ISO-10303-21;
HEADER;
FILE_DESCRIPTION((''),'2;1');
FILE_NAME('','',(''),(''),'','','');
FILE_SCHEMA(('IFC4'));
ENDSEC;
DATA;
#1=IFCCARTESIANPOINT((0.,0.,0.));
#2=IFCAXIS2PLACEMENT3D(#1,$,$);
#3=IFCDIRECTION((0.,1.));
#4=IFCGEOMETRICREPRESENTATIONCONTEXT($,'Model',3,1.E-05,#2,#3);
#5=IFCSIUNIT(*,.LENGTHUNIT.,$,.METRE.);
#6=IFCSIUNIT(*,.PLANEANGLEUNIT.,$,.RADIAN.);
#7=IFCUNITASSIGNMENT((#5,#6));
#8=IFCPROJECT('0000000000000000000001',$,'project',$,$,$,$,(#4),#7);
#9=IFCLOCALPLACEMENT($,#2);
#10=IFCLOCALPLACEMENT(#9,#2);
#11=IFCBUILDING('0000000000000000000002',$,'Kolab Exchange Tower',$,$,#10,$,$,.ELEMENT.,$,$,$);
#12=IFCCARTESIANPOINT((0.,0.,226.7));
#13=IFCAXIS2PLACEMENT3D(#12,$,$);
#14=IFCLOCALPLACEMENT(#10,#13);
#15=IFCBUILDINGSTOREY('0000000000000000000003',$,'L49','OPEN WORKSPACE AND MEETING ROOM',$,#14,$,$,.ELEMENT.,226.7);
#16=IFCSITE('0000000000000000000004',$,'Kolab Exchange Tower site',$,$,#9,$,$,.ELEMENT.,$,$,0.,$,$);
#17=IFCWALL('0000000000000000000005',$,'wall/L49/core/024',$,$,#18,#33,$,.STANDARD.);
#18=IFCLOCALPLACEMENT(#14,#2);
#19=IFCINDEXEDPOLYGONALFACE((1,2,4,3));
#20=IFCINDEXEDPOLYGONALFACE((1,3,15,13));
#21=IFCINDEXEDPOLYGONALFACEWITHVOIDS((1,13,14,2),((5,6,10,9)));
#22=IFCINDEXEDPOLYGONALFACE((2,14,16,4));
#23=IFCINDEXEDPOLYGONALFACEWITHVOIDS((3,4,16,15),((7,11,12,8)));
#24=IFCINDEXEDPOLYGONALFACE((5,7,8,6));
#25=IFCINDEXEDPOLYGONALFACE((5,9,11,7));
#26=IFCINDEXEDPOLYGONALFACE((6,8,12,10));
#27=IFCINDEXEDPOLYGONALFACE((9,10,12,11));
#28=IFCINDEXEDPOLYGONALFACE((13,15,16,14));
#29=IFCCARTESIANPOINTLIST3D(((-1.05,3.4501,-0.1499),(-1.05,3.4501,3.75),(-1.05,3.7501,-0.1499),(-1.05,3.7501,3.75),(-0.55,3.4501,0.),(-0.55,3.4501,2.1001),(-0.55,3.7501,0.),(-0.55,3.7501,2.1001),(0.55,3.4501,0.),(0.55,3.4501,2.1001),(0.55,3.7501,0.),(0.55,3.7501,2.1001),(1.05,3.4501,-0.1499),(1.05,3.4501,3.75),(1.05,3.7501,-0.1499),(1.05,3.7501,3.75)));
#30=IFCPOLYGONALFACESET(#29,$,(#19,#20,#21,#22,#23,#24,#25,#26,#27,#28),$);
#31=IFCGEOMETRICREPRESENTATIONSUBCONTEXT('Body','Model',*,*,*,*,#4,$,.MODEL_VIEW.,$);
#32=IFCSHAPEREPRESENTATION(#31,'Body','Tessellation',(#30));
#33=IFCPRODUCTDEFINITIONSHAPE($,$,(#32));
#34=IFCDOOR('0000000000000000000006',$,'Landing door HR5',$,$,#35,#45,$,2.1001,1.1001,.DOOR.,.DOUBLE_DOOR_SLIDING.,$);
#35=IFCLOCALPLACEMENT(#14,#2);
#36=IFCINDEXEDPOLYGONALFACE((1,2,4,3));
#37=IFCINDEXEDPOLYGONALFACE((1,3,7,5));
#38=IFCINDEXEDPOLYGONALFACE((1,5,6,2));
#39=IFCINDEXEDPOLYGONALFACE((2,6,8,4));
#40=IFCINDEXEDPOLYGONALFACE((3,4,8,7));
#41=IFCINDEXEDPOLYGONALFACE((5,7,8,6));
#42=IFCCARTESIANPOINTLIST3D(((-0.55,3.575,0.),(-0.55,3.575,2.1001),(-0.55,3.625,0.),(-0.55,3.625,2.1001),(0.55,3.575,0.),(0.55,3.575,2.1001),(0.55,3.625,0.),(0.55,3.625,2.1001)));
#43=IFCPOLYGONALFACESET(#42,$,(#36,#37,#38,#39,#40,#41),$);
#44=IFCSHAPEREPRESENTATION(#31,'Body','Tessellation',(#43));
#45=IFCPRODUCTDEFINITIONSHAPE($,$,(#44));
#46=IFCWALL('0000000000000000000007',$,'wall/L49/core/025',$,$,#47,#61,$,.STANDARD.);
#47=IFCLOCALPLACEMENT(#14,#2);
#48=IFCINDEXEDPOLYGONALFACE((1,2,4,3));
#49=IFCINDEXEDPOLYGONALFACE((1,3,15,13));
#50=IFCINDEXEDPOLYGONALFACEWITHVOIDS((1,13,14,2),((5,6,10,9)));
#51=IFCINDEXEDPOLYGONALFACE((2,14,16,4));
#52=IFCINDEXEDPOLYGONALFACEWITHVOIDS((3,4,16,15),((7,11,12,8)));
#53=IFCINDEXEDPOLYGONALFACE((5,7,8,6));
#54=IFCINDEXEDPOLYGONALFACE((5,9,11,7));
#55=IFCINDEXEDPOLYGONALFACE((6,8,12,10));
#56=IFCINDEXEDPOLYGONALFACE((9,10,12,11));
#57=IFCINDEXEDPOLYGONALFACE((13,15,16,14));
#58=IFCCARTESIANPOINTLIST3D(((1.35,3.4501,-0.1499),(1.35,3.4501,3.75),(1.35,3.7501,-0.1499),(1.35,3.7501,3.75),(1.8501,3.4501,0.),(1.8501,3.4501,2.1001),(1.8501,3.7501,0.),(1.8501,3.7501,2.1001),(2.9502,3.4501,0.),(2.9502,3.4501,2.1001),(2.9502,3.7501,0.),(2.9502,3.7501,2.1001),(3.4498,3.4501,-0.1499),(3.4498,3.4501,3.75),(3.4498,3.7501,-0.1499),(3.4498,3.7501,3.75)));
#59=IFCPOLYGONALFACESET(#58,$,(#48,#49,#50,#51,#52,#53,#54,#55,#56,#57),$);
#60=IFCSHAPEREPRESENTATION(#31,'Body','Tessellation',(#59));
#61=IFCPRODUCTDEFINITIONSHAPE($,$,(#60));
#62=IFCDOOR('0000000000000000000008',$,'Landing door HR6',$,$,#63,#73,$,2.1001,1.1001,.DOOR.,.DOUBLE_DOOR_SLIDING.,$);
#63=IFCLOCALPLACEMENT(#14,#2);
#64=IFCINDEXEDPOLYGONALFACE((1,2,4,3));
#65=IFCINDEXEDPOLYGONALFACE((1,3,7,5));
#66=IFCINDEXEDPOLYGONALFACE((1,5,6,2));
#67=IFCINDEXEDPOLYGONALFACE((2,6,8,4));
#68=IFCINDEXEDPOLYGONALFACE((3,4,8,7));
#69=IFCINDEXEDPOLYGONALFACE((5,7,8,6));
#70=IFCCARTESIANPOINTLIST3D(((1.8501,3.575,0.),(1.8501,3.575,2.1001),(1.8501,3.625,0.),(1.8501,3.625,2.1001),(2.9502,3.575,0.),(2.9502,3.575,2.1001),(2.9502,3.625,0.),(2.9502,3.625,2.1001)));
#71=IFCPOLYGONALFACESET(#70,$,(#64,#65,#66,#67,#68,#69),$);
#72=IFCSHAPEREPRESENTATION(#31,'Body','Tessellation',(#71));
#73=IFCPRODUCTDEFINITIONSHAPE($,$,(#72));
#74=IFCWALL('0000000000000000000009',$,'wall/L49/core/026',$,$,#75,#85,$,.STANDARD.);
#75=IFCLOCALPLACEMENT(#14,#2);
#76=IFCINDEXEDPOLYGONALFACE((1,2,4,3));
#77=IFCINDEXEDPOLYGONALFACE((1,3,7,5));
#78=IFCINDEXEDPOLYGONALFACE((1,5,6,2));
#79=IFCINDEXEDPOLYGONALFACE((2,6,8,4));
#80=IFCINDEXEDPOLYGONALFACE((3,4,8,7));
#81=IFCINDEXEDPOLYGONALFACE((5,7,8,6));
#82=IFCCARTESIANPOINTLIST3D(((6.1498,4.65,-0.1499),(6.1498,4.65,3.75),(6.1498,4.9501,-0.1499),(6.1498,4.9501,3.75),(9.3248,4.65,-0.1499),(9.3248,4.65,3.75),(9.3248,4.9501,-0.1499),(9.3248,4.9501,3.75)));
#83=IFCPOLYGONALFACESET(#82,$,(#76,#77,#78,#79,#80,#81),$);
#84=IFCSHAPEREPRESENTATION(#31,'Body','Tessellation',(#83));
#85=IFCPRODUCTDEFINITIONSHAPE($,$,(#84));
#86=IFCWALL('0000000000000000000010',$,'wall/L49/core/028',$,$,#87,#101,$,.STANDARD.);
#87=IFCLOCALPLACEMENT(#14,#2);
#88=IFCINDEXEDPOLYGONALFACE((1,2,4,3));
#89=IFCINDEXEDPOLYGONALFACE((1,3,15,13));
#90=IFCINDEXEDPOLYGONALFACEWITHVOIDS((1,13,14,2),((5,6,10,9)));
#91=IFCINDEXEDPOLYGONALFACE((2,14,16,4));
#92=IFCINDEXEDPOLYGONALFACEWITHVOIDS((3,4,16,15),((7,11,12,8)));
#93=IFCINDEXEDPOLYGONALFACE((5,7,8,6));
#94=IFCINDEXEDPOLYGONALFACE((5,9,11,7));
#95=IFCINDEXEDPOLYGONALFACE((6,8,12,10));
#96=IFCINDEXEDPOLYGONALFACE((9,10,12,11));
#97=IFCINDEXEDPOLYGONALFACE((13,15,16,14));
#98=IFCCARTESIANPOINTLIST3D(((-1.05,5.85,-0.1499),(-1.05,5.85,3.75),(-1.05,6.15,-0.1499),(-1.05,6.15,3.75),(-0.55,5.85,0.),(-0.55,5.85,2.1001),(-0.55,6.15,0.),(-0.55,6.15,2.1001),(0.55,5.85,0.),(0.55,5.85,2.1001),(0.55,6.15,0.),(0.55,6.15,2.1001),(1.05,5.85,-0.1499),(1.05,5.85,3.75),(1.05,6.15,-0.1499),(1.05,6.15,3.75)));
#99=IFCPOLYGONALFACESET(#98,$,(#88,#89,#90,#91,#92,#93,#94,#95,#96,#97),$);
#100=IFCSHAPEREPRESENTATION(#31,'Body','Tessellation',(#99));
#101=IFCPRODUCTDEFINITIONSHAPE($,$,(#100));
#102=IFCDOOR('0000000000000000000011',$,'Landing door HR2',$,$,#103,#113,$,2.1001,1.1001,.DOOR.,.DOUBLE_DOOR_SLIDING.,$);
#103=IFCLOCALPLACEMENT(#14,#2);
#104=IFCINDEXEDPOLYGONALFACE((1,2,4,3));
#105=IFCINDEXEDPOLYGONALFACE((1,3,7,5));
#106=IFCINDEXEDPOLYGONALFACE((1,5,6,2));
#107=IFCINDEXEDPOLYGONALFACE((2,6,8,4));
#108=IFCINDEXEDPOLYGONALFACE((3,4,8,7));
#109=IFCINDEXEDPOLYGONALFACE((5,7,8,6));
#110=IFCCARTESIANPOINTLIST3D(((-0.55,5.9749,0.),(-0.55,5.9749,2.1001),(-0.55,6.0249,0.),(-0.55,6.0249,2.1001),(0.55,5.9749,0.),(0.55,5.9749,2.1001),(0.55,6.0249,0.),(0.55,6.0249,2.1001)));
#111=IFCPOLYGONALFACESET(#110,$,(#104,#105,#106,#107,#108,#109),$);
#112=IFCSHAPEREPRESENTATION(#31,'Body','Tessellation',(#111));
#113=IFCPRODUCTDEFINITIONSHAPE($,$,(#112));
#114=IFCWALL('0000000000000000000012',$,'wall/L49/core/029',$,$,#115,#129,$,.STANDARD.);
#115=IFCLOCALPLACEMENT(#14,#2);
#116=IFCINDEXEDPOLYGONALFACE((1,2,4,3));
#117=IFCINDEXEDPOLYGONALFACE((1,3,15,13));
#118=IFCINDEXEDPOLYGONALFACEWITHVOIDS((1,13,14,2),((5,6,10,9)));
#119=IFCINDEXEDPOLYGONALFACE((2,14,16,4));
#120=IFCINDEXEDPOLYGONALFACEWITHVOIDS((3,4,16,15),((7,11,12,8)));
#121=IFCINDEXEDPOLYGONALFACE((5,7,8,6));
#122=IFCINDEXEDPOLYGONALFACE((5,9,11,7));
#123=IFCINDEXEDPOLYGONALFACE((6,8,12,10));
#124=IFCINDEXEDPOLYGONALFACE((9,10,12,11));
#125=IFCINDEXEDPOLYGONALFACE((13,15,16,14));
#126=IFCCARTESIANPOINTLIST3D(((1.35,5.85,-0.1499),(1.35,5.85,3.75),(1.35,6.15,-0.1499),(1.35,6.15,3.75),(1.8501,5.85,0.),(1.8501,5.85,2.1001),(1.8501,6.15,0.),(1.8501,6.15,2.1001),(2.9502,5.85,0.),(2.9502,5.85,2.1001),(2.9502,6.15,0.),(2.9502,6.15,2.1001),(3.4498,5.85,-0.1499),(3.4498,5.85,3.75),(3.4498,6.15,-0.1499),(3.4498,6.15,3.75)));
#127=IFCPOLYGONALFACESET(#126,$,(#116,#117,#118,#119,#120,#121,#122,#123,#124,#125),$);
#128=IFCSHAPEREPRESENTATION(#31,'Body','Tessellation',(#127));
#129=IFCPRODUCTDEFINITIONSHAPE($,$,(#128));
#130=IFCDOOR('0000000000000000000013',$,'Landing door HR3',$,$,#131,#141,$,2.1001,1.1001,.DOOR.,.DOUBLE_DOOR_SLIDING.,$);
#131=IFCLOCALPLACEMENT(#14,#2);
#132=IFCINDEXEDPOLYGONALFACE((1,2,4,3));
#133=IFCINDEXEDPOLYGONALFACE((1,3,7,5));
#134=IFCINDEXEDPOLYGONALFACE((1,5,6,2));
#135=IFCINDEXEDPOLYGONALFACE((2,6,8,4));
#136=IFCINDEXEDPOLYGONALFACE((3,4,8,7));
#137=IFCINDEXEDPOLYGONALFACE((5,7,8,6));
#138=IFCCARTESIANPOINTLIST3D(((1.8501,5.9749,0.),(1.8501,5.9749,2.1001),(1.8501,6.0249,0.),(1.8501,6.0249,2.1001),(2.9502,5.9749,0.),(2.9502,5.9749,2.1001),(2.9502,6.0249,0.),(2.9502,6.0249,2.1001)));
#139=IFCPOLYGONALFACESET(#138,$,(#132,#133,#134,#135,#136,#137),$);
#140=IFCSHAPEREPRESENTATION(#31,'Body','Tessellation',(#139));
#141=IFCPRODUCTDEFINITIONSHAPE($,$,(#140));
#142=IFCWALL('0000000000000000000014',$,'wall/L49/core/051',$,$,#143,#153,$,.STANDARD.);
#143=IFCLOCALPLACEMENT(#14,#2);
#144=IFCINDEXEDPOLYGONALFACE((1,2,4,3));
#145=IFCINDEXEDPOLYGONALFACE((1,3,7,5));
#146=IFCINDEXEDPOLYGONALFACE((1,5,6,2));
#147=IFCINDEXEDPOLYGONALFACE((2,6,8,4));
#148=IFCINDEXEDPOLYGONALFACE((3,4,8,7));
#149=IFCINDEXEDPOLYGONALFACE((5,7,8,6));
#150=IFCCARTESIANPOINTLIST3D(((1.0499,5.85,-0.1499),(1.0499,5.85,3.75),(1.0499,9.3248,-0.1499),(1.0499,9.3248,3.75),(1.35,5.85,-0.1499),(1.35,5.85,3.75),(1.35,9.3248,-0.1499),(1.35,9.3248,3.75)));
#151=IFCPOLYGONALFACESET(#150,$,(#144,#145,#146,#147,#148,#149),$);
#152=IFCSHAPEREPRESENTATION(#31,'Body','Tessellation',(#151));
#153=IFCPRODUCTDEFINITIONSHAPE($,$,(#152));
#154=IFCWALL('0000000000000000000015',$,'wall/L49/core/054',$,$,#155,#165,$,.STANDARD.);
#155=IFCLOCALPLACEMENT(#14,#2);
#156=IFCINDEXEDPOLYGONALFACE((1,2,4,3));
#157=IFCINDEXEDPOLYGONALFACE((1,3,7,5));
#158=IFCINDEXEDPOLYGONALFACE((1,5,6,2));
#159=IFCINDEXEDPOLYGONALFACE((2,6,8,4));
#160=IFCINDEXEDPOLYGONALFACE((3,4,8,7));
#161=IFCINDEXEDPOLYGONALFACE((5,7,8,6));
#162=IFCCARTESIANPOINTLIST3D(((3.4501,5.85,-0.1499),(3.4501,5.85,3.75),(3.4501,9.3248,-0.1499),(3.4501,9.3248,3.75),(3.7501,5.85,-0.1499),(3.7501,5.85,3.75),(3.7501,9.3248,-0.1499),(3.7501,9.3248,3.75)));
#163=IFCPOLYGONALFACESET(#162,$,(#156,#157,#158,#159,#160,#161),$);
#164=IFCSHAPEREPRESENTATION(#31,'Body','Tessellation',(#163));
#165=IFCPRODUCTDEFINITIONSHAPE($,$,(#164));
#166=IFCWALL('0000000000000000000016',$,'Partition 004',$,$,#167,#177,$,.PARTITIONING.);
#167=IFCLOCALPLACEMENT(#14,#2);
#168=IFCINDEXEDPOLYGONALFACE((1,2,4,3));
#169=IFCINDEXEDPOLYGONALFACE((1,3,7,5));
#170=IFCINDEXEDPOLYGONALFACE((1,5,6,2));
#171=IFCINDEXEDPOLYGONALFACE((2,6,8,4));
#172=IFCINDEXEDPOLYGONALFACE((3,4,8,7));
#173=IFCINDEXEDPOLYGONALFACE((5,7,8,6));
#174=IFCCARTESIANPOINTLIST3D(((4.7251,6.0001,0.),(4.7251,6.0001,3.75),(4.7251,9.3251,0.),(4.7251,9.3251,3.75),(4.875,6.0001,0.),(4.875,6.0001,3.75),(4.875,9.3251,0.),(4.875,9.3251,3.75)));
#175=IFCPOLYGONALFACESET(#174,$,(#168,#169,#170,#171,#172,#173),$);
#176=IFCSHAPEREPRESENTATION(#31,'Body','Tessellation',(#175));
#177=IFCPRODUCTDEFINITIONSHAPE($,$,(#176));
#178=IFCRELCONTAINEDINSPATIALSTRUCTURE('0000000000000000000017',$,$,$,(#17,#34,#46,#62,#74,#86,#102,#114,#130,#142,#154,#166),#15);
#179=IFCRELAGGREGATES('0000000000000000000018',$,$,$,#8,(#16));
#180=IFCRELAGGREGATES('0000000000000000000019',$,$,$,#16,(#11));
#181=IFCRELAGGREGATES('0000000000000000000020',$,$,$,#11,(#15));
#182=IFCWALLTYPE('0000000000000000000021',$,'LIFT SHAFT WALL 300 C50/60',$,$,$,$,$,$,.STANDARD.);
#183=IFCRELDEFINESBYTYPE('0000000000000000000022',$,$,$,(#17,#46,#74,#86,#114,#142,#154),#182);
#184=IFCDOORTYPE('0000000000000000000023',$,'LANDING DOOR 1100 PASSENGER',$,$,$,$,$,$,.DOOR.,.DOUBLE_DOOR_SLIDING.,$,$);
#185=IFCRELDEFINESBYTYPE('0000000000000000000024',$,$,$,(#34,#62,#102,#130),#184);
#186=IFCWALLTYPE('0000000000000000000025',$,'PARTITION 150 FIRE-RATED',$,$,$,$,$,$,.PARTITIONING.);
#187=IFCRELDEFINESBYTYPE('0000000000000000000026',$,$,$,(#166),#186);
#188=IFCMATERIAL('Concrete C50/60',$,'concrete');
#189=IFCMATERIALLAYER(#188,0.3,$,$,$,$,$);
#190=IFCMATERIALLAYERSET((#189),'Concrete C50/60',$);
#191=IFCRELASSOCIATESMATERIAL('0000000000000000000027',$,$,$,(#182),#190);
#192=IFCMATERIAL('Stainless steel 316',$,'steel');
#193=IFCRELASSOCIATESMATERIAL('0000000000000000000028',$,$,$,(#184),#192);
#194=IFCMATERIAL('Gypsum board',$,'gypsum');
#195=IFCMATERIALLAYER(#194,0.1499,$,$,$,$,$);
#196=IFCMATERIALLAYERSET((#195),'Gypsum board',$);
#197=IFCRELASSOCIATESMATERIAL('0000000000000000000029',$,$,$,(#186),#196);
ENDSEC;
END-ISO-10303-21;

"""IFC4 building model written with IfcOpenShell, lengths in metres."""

from ifc_helpers import new_model, si_unit, direction, frame, frame_2d, origin, place, context, subcontext, project, spatial, rectangle, extrude, material, layer, layer_set, type_object, element, fill, save


model = new_model("IFC4")

# Units and contexts
model_context = context("Model", 3, precision=1e-05, world=origin(), true_north=direction((0.0, 1.0)))
body_context = subcontext(model_context, "Body", "Model", "MODEL_VIEW")
ifc_project = project(units=[si_unit("LENGTHUNIT", "METRE"), si_unit("PLANEANGLEUNIT", "RADIAN")], contexts=[model_context])

# Site, building, storey
site_placement = place(None, origin())
site = spatial("IfcSite", under=ifc_project, at=site_placement, Name="Kolab Exchange Tower site", CompositionType="ELEMENT", RefElevation=0.0)
building_placement = place(site_placement, origin())
building = spatial("IfcBuilding", under=site, at=building_placement, Name="Kolab Exchange Tower", CompositionType="ELEMENT")
storey_placement = place(building_placement, frame((0.0, 0.0, 226.7)))
storey = spatial("IfcBuildingStorey", under=building, at=storey_placement, Name="L49", Description="OPEN WORKSPACE AND MEETING ROOM", CompositionType="ELEMENT", Elevation=226.7)

# Shared definitions
ifc_material_1 = material(Name="Concrete C50/60", Category="concrete")

# Shared definitions
ifc_layer_1 = layer(ifc_material_1, 0.3)
ifc_layer_set_1 = layer_set([ifc_layer_1], Name="Concrete C50/60")
wall_type_1 = type_object("IfcWallType", Name="LIFT SHAFT WALL 300 C50/60", PredefinedType="STANDARD", material=ifc_layer_set_1)

# Walls, openings, doors
wall_1_placement = place(storey_placement, frame((-1.05, 3.6001, -0.1499), z_axis=(0.0, 0.0, 1.0), x_axis=(1.0, 0.0, 0.0)))
wall_1 = element("IfcWall", 1, at=wall_1_placement, inside=storey, type_object=wall_type_1, Name="wall/L49/core/024", PredefinedType="STANDARD", context=body_context, shape_type="SweptSolid", body=[
    extrude(rectangle(XDim=2.1001, YDim=0.3, at=frame_2d((1.05, 0.0))), origin(), (0.0, 0.0, 1.0), 3.8999),
])
opening_1_placement = place(wall_1_placement, frame((0.5, 0.0, 0.1499)))
opening_1 = element("IfcOpeningElement", 2, at=opening_1_placement, cuts=wall_1, PredefinedType="OPENING", context=body_context, shape_type="SweptSolid", body=[
    extrude(rectangle(XDim=1.1001, YDim=2.1001, at=frame_2d((0.55, 1.05))), frame((0.0, 0.1602, 0.0), z_axis=(0.0, -1.0, 0.0), x_axis=(1.0, 0.0, 0.0)), (0.0, 0.0, 1.0), 0.3201),
])
ifc_material_2 = material(Name="Stainless steel 316", Category="steel")
door_type_1 = type_object("IfcDoorType", Name="LANDING DOOR 1100 PASSENGER", OperationType="DOUBLE_DOOR_SLIDING", PredefinedType="DOOR", material=ifc_material_2)
door_1_placement = place(opening_1_placement, origin())
door_1 = element("IfcDoor", 3, at=door_1_placement, inside=storey, type_object=door_type_1, Name="Landing door HR5", OperationType="DOUBLE_DOOR_SLIDING", OverallHeight=2.1001, OverallWidth=1.1001, PredefinedType="DOOR", context=body_context, shape_type="SweptSolid", body=[
    extrude(rectangle(XDim=1.1001, YDim=2.1001, at=frame_2d((0.55, 1.05))), frame((0.0, 0.0249, 0.0), z_axis=(0.0, -1.0, 0.0), x_axis=(1.0, 0.0, 0.0)), (0.0, 0.0, 1.0), 0.05),
])
fill(opening_1, door_1)
wall_2_placement = place(storey_placement, frame((1.3501, 3.6001, -0.1499), z_axis=(0.0, 0.0, 1.0), x_axis=(1.0, 0.0, 0.0)))
wall_2 = element("IfcWall", 4, at=wall_2_placement, inside=storey, type_object=wall_type_1, Name="wall/L49/core/025", PredefinedType="STANDARD", context=body_context, shape_type="SweptSolid", body=[
    extrude(rectangle(XDim=2.0999, YDim=0.3, at=frame_2d((1.0498, 0.0))), origin(), (0.0, 0.0, 1.0), 3.8999),
])
opening_2_placement = place(wall_2_placement, frame((0.5, 0.0, 0.1499)))
opening_2 = element("IfcOpeningElement", 5, at=opening_2_placement, cuts=wall_2, PredefinedType="OPENING", context=body_context, shape_type="SweptSolid", body=[
    extrude(rectangle(XDim=1.1001, YDim=2.1001, at=frame_2d((0.55, 1.05))), frame((0.0, 0.1602, 0.0), z_axis=(0.0, -1.0, 0.0), x_axis=(1.0, 0.0, 0.0)), (0.0, 0.0, 1.0), 0.3201),
])
door_2_placement = place(opening_2_placement, origin())
door_2 = element("IfcDoor", 6, at=door_2_placement, inside=storey, type_object=door_type_1, Name="Landing door HR6", OperationType="DOUBLE_DOOR_SLIDING", OverallHeight=2.1001, OverallWidth=1.1001, PredefinedType="DOOR", context=body_context, shape_type="SweptSolid", body=[
    extrude(rectangle(XDim=1.1001, YDim=2.1001, at=frame_2d((0.55, 1.05))), frame((0.0, 0.0249, 0.0), z_axis=(0.0, -1.0, 0.0), x_axis=(1.0, 0.0, 0.0)), (0.0, 0.0, 1.0), 0.05),
])
fill(opening_2, door_2)

# Wall
wall_3_placement = place(storey_placement, frame((6.1499, 4.8, -0.1499), z_axis=(0.0, 0.0, 1.0), x_axis=(1.0, 0.0, 0.0)))
element("IfcWall", 7, at=wall_3_placement, inside=storey, type_object=wall_type_1, Name="wall/L49/core/026", PredefinedType="STANDARD", context=body_context, shape_type="SweptSolid", body=[
    extrude(rectangle(XDim=3.175, YDim=0.3, at=frame_2d((1.5874, 0.0))), origin(), (0.0, 0.0, 1.0), 3.8999),
])

# Walls, openings, doors
wall_4_placement = place(storey_placement, frame((-1.05, 6.0, -0.1499), z_axis=(0.0, 0.0, 1.0), x_axis=(1.0, 0.0, 0.0)))
wall_4 = element("IfcWall", 8, at=wall_4_placement, inside=storey, type_object=wall_type_1, Name="wall/L49/core/028", PredefinedType="STANDARD", context=body_context, shape_type="SweptSolid", body=[
    extrude(rectangle(XDim=2.1001, YDim=0.3, at=frame_2d((1.05, 0.0))), origin(), (0.0, 0.0, 1.0), 3.8999),
])
opening_3_placement = place(wall_4_placement, frame((0.5, 0.0, 0.1499)))
opening_3 = element("IfcOpeningElement", 9, at=opening_3_placement, cuts=wall_4, PredefinedType="OPENING", context=body_context, shape_type="SweptSolid", body=[
    extrude(rectangle(XDim=1.1001, YDim=2.1001, at=frame_2d((0.55, 1.05))), frame((0.0, 0.1602, 0.0), z_axis=(0.0, -1.0, 0.0), x_axis=(1.0, 0.0, 0.0)), (0.0, 0.0, 1.0), 0.3201),
])
door_3_placement = place(opening_3_placement, origin())
door_3 = element("IfcDoor", 10, at=door_3_placement, inside=storey, type_object=door_type_1, Name="Landing door HR2", OperationType="DOUBLE_DOOR_SLIDING", OverallHeight=2.1001, OverallWidth=1.1001, PredefinedType="DOOR", context=body_context, shape_type="SweptSolid", body=[
    extrude(rectangle(XDim=1.1001, YDim=2.1001, at=frame_2d((0.55, 1.05))), frame((0.0, 0.0249, 0.0), z_axis=(0.0, -1.0, 0.0), x_axis=(1.0, 0.0, 0.0)), (0.0, 0.0, 1.0), 0.05),
])
fill(opening_3, door_3)
wall_5_placement = place(storey_placement, frame((1.3501, 6.0, -0.1499), z_axis=(0.0, 0.0, 1.0), x_axis=(1.0, 0.0, 0.0)))
wall_5 = element("IfcWall", 11, at=wall_5_placement, inside=storey, type_object=wall_type_1, Name="wall/L49/core/029", PredefinedType="STANDARD", context=body_context, shape_type="SweptSolid", body=[
    extrude(rectangle(XDim=2.0999, YDim=0.3, at=frame_2d((1.0498, 0.0))), origin(), (0.0, 0.0, 1.0), 3.8999),
])
opening_4_placement = place(wall_5_placement, frame((0.5, 0.0, 0.1499)))
opening_4 = element("IfcOpeningElement", 12, at=opening_4_placement, cuts=wall_5, PredefinedType="OPENING", context=body_context, shape_type="SweptSolid", body=[
    extrude(rectangle(XDim=1.1001, YDim=2.1001, at=frame_2d((0.55, 1.05))), frame((0.0, 0.1602, 0.0), z_axis=(0.0, -1.0, 0.0), x_axis=(1.0, 0.0, 0.0)), (0.0, 0.0, 1.0), 0.3201),
])
door_4_placement = place(opening_4_placement, origin())
door_4 = element("IfcDoor", 13, at=door_4_placement, inside=storey, type_object=door_type_1, Name="Landing door HR3", OperationType="DOUBLE_DOOR_SLIDING", OverallHeight=2.1001, OverallWidth=1.1001, PredefinedType="DOOR", context=body_context, shape_type="SweptSolid", body=[
    extrude(rectangle(XDim=1.1001, YDim=2.1001, at=frame_2d((0.55, 1.05))), frame((0.0, 0.0249, 0.0), z_axis=(0.0, -1.0, 0.0), x_axis=(1.0, 0.0, 0.0)), (0.0, 0.0, 1.0), 0.05),
])
fill(opening_4, door_4)

# Walls
for number, where, z_axis, x_axis, name in (
    (14, (1.2, 5.8501, -0.1499), (0.0, 0.0, 1.0), (0.0, 1.0, 0.0), "wall/L49/core/051"),
    (15, (3.6001, 5.8501, -0.1499), (0.0, 0.0, 1.0), (0.0, 1.0, 0.0), "wall/L49/core/054"),
):
    element("IfcWall", number, at=place(storey_placement, frame(where, z_axis=z_axis, x_axis=x_axis)), inside=storey, type_object=wall_type_1, Name=name, PredefinedType="STANDARD", context=body_context, shape_type="SweptSolid", body=[
        extrude(rectangle(XDim=3.4749, YDim=0.3, at=frame_2d((1.7373, 0.0))), origin(), (0.0, 0.0, 1.0), 3.8999),
    ])
ifc_material_3 = material(Name="Gypsum board", Category="gypsum")
ifc_layer_2 = layer(ifc_material_3, 0.1499)
ifc_layer_set_2 = layer_set([ifc_layer_2], Name="Gypsum board")
wall_type_2 = type_object("IfcWallType", Name="PARTITION 150 FIRE-RATED", PredefinedType="PARTITIONING", material=ifc_layer_set_2)
wall_6_placement = place(storey_placement, frame((4.8, 6.0, 0.0), z_axis=(0.0, 0.0, 1.0), x_axis=(0.0, 1.0, 0.0)))
element("IfcWall", 16, at=wall_6_placement, inside=storey, type_object=wall_type_2, Name="Partition 004", PredefinedType="PARTITIONING", context=body_context, shape_type="SweptSolid", body=[
    extrude(rectangle(XDim=3.325, YDim=0.1499, at=frame_2d((1.6626, 0.0))), origin(), (0.0, 0.0, 1.0), 3.75),
])

save(model, "model.ifc")
